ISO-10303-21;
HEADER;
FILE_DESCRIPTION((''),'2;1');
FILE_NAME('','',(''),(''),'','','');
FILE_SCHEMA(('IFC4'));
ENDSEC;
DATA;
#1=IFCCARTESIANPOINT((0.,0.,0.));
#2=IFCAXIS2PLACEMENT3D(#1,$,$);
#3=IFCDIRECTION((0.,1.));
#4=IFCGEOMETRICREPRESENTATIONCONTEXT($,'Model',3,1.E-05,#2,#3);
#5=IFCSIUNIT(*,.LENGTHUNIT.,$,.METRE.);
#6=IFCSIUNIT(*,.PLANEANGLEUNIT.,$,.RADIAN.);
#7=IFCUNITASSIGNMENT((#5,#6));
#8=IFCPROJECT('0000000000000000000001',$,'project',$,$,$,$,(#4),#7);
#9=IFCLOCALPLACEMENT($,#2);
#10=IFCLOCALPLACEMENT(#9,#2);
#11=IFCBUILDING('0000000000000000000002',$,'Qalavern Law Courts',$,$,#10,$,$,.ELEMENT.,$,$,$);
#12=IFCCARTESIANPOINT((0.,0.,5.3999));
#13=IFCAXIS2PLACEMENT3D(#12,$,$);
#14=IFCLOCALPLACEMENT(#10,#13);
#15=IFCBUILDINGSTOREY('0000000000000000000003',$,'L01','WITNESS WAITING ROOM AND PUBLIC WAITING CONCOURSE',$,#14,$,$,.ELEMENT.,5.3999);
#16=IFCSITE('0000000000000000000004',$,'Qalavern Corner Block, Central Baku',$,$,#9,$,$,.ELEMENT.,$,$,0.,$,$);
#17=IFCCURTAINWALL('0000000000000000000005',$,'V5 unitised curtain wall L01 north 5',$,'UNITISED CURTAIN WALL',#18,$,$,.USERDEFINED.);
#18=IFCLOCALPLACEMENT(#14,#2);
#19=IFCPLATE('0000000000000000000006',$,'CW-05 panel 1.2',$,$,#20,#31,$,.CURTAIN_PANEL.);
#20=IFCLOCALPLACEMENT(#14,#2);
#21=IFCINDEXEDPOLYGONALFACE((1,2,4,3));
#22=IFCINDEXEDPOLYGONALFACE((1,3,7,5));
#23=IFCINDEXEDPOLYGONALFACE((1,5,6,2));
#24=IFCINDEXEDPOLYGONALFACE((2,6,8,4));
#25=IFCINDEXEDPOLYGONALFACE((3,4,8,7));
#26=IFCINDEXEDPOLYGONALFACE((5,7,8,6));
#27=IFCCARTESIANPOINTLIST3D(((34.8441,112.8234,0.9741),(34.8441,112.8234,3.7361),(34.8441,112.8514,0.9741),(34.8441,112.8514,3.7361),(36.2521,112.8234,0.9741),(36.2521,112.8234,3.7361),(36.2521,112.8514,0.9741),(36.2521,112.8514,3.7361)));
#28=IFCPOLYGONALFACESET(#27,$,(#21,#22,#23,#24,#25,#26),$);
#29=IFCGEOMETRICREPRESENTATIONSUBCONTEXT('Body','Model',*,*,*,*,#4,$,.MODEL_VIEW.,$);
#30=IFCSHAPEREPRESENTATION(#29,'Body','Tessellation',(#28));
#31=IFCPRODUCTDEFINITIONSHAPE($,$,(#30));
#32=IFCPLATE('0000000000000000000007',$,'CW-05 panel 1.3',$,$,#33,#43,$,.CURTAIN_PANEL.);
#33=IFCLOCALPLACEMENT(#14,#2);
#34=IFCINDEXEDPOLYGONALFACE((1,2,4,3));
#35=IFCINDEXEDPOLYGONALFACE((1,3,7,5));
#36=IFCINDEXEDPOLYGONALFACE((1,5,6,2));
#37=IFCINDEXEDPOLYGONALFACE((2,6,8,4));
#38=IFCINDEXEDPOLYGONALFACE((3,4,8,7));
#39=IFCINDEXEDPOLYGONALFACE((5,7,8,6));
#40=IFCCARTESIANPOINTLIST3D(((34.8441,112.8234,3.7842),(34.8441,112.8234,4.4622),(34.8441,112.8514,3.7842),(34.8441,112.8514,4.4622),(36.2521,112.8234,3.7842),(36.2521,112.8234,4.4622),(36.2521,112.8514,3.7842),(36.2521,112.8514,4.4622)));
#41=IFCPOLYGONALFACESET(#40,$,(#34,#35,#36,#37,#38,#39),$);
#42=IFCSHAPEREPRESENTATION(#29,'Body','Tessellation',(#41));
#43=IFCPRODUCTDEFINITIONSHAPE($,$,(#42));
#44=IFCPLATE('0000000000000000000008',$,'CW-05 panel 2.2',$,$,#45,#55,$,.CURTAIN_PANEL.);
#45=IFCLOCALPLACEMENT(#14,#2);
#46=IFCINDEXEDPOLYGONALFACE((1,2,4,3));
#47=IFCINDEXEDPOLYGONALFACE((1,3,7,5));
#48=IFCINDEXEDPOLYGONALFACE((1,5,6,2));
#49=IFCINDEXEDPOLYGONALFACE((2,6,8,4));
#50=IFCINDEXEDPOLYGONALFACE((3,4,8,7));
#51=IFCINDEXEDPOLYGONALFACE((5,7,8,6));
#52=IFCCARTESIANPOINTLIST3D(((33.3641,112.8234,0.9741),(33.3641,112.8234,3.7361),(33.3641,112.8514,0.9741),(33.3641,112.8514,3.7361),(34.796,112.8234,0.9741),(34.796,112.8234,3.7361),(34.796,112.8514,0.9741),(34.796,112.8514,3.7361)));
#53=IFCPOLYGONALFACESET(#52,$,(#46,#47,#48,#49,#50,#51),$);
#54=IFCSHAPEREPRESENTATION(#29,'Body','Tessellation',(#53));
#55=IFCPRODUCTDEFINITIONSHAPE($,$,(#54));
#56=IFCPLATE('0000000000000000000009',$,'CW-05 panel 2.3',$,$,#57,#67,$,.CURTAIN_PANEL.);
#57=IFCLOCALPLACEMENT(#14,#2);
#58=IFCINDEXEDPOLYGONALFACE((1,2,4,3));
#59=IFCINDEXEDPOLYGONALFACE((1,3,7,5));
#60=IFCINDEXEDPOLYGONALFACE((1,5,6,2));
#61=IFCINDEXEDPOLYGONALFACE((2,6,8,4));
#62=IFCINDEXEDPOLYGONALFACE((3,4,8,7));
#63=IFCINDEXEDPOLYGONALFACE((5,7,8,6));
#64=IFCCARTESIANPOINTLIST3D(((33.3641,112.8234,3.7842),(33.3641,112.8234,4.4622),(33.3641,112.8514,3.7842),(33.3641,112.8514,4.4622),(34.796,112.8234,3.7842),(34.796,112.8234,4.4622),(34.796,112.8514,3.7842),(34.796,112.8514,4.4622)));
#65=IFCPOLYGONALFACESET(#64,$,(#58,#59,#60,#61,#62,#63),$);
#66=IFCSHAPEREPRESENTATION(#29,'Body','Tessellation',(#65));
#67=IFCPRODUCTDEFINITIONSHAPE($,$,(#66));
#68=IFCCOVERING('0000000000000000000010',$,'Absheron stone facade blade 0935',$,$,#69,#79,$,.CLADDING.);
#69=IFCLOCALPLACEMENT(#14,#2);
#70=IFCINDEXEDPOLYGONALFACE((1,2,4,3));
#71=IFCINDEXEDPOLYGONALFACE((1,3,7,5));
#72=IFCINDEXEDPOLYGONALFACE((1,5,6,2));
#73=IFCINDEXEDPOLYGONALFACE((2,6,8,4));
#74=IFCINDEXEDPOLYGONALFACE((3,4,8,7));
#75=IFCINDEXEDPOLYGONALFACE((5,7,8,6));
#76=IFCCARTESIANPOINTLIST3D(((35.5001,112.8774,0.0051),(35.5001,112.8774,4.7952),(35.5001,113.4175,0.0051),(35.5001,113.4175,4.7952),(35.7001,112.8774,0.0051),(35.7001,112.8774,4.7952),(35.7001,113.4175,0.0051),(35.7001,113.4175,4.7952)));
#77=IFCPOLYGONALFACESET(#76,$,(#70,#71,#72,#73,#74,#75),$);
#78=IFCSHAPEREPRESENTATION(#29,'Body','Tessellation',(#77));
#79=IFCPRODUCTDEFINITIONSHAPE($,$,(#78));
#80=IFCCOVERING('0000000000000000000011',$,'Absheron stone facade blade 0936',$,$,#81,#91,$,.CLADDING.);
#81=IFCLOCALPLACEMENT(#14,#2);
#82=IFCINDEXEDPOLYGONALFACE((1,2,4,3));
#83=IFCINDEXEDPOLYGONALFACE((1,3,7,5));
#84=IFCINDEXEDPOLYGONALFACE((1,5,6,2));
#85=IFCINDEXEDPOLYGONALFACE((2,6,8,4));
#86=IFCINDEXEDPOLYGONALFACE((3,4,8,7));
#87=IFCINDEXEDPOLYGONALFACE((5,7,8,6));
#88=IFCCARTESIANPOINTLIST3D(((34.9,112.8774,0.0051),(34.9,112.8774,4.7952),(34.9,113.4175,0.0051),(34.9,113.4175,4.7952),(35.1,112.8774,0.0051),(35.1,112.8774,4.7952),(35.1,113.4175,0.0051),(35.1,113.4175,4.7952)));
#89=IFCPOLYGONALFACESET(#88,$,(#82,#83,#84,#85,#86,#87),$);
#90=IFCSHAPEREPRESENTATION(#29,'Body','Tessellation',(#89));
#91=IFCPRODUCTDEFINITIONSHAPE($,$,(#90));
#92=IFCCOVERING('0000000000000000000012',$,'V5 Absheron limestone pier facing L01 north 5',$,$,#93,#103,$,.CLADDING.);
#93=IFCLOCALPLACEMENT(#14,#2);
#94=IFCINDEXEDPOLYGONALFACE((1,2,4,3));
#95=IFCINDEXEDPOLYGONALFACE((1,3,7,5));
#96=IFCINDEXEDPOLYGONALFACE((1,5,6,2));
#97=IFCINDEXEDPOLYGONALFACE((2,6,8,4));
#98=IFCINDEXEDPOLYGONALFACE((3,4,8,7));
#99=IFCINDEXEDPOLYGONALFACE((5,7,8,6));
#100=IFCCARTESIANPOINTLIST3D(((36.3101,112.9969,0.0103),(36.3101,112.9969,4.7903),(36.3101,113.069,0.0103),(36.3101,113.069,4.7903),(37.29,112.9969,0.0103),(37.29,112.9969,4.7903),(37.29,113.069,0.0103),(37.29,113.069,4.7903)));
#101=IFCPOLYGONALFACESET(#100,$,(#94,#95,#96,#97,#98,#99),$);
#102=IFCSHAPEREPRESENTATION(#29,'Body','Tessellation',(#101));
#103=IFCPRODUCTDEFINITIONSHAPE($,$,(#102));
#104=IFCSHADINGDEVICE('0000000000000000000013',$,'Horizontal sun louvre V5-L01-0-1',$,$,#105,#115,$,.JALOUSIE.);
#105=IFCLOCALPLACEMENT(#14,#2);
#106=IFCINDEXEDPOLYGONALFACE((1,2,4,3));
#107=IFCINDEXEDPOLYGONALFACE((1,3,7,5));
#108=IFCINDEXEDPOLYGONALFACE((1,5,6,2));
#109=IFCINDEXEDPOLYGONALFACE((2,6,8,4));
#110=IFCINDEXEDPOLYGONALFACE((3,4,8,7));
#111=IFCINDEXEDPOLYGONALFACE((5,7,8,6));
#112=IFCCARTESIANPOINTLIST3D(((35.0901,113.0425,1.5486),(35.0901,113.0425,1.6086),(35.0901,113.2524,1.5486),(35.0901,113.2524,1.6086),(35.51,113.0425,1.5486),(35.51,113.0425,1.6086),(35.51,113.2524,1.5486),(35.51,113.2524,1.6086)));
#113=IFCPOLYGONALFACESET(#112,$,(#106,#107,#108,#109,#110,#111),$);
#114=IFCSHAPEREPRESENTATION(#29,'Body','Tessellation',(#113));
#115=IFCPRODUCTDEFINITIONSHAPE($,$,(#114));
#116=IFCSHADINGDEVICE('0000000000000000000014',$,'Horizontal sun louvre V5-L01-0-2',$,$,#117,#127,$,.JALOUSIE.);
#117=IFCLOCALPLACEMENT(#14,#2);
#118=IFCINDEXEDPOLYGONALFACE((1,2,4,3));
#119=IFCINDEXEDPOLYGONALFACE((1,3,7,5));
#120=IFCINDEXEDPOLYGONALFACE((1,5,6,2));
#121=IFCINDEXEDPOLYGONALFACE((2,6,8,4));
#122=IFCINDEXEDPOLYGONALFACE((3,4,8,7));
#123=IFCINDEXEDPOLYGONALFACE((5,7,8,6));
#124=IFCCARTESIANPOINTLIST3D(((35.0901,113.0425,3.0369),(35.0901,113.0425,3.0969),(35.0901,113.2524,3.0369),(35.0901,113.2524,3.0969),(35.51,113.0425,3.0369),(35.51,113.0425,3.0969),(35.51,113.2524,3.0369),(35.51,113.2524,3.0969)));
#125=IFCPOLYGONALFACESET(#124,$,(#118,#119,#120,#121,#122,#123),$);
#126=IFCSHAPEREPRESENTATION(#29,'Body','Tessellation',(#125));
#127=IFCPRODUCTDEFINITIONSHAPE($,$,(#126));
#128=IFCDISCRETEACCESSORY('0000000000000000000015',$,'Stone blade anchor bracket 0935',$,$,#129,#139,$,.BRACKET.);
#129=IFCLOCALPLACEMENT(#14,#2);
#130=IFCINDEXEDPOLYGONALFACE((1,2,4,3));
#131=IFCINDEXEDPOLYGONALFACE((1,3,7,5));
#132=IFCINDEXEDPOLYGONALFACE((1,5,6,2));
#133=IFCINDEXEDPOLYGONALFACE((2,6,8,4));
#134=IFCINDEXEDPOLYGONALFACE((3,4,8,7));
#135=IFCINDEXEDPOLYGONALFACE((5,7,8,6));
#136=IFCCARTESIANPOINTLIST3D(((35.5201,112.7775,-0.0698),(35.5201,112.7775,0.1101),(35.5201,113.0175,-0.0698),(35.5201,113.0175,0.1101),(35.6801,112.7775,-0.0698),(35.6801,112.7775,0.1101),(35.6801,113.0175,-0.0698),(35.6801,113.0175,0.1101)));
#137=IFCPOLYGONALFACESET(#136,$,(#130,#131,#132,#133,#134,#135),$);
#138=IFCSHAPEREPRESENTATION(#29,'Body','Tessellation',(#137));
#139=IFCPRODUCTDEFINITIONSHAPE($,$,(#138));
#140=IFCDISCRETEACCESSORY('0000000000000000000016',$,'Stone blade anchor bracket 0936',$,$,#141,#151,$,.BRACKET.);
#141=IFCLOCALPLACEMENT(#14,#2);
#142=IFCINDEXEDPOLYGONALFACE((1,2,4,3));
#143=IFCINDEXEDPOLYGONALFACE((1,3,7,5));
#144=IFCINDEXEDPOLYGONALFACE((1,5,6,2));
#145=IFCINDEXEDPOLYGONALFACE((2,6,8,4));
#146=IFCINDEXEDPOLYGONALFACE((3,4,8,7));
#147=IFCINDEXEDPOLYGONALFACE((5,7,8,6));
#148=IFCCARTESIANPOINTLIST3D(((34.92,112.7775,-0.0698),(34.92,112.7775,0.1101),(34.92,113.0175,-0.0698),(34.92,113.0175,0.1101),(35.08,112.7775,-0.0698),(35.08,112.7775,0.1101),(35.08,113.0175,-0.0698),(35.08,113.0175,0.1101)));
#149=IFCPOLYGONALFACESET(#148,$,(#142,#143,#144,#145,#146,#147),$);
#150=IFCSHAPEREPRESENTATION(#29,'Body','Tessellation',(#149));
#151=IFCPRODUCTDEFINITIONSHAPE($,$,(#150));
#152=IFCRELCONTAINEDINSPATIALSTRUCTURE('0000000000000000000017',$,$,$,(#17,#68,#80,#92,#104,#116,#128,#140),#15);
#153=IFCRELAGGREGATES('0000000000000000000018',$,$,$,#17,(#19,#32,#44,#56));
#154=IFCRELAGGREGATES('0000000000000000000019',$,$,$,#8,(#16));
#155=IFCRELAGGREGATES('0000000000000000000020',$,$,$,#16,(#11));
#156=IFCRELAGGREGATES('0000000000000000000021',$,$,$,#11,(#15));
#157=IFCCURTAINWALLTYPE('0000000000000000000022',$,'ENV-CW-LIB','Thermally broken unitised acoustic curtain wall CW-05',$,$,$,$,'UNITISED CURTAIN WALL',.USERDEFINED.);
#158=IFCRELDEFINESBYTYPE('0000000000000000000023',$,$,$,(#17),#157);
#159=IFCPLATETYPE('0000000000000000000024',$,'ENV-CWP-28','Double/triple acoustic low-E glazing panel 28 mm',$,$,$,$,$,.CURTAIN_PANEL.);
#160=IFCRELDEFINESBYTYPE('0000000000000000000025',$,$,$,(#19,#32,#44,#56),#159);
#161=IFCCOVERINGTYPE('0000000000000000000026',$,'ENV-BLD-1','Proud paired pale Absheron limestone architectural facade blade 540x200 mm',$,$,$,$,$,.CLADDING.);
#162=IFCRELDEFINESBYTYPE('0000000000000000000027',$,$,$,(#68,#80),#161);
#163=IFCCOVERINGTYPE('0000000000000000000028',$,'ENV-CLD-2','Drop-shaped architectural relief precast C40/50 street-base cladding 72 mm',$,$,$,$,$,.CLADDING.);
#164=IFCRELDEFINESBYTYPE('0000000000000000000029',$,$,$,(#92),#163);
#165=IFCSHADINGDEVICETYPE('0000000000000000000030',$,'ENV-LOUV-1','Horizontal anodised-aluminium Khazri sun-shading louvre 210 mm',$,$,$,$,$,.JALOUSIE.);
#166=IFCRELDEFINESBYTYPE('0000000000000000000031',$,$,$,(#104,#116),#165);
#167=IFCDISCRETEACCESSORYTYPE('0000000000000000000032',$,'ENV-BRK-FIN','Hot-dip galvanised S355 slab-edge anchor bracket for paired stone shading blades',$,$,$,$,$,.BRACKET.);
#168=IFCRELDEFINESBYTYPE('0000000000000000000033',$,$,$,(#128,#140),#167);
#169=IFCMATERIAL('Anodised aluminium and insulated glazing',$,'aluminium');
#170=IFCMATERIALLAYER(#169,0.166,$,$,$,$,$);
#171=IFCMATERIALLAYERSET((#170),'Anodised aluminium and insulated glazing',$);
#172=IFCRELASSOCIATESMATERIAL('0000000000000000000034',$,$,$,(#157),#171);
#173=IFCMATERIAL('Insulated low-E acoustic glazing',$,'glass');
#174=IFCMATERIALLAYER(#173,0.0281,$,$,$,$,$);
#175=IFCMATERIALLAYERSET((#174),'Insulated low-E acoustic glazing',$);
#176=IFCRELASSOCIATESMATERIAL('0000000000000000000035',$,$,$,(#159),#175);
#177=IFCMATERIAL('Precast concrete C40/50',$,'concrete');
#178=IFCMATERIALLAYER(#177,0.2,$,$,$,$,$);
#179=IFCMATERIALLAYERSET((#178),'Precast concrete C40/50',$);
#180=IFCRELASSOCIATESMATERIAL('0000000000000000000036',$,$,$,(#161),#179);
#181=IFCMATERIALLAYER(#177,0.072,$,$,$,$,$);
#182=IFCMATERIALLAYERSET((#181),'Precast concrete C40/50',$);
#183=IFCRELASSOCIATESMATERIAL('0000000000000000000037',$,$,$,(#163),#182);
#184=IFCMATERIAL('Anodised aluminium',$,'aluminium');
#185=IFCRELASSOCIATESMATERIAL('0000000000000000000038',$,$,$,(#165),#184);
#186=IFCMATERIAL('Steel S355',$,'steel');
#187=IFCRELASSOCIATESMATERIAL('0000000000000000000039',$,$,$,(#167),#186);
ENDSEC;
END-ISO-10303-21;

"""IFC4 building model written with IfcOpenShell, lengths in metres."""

from ifc_helpers import new_model, si_unit, direction, frame, origin, origin_2d, place, context, subcontext, project, spatial, rectangle, extrude, material, layer, layer_set, type_object, element, aggregate, save


model = new_model("IFC4")

# Units and contexts
model_context = context("Model", 3, precision=1e-05, world=origin(), true_north=direction((0.0, 1.0)))
body_context = subcontext(model_context, "Body", "Model", "MODEL_VIEW")
ifc_project = project(units=[si_unit("LENGTHUNIT", "METRE"), si_unit("PLANEANGLEUNIT", "RADIAN")], contexts=[model_context])

# Site, building, storey
site_placement = place(None, origin())
site = spatial("IfcSite", under=ifc_project, at=site_placement, Name="Qalavern Corner Block, Central Baku", CompositionType="ELEMENT", RefElevation=0.0)
building_placement = place(site_placement, origin())
building = spatial("IfcBuilding", under=site, at=building_placement, Name="Qalavern Law Courts", CompositionType="ELEMENT")
storey_placement = place(building_placement, frame((0.0, 0.0, 5.3999)))
storey = spatial("IfcBuildingStorey", under=building, at=storey_placement, Name="L01", Description="WITNESS WAITING ROOM AND PUBLIC WAITING CONCOURSE", CompositionType="ELEMENT", Elevation=5.3999)

# Curtain wall, plates
ifc_material_1 = material(Name="Anodised aluminium and insulated glazing", Category="aluminium")
ifc_layer_1 = layer(ifc_material_1, 0.166)
ifc_layer_set_1 = layer_set([ifc_layer_1], Name="Anodised aluminium and insulated glazing")
curtain_wall_type = type_object("IfcCurtainWallType", Name="ENV-CW-LIB", Description="Thermally broken unitised acoustic curtain wall CW-05", ElementType="UNITISED CURTAIN WALL", PredefinedType="USERDEFINED", material=ifc_layer_set_1)
curtain_wall_placement = place(storey_placement, origin())
curtain_wall = element("IfcCurtainWall", 1, at=curtain_wall_placement, inside=storey, type_object=curtain_wall_type, Name="V5 unitised curtain wall L01 north 5", ObjectType="UNITISED CURTAIN WALL", PredefinedType="USERDEFINED")
ifc_material_2 = material(Name="Anodised aluminium", Category="aluminium")
ifc_material_3 = material(Name="Insulated low-E acoustic glazing", Category="glass")
ifc_layer_2 = layer(ifc_material_3, 0.0281)
ifc_layer_set_2 = layer_set([ifc_layer_2], Name="Insulated low-E acoustic glazing")
plate_type = type_object("IfcPlateType", Name="ENV-CWP-28", Description="Double/triple acoustic low-E glazing panel 28 mm", PredefinedType="CURTAIN_PANEL", material=ifc_layer_set_2)
plate_1_placement = place(storey_placement, frame((35.5481, 112.8374, 0.9741), z_axis=(0.0, 0.0, 1.0), x_axis=(-1.0, 0.0, 0.0)))
plate_1 = element("IfcPlate", 2, at=plate_1_placement, type_object=plate_type, Name="CW-05 panel 1.2", PredefinedType="CURTAIN_PANEL", context=body_context, shape_type="SweptSolid", body=[
    extrude(rectangle(XDim=1.408, YDim=0.0281, at=origin_2d()), origin(), (0.0, 0.0, 1.0), 2.762),
])
plate_2_placement = place(storey_placement, frame((35.5481, 112.8374, 3.7842), z_axis=(0.0, 0.0, 1.0), x_axis=(-1.0, 0.0, 0.0)))
plate_2 = element("IfcPlate", 3, at=plate_2_placement, type_object=plate_type, Name="CW-05 panel 1.3", PredefinedType="CURTAIN_PANEL", context=body_context, shape_type="SweptSolid", body=[
    extrude(rectangle(XDim=1.408, YDim=0.0281, at=origin_2d()), origin(), (0.0, 0.0, 1.0), 0.678),
])
plate_3_placement = place(storey_placement, frame((34.0801, 112.8374, 0.9741), z_axis=(0.0, 0.0, 1.0), x_axis=(-1.0, 0.0, 0.0)))
plate_3 = element("IfcPlate", 4, at=plate_3_placement, type_object=plate_type, Name="CW-05 panel 2.2", PredefinedType="CURTAIN_PANEL", context=body_context, shape_type="SweptSolid", body=[
    extrude(rectangle(XDim=1.4319, YDim=0.0281, at=origin_2d()), origin(), (0.0, 0.0, 1.0), 2.762),
])
plate_4_placement = place(storey_placement, frame((34.0801, 112.8374, 3.7842), z_axis=(0.0, 0.0, 1.0), x_axis=(-1.0, 0.0, 0.0)))
plate_4 = element("IfcPlate", 5, at=plate_4_placement, type_object=plate_type, Name="CW-05 panel 2.3", PredefinedType="CURTAIN_PANEL", context=body_context, shape_type="SweptSolid", body=[
    extrude(rectangle(XDim=1.4319, YDim=0.0281, at=origin_2d()), origin(), (0.0, 0.0, 1.0), 0.678),
])
aggregate(curtain_wall, [plate_1, plate_2, plate_3, plate_4])

# Coverings
ifc_material_4 = material(Name="Precast concrete C40/50", Category="concrete")
ifc_layer_3 = layer(ifc_material_4, 0.2)
ifc_layer_set_3 = layer_set([ifc_layer_3], Name="Precast concrete C40/50")
covering_type_1 = type_object("IfcCoveringType", Name="ENV-BLD-1", Description="Proud paired pale Absheron limestone architectural facade blade 540x200 mm", PredefinedType="CLADDING", material=ifc_layer_set_3)
for number, where, z_axis, x_axis, name in (
    (6, (35.6001, 113.1475, 0.0051), (0.0, 0.0, 1.0), (0.0, 1.0, 0.0), "Absheron stone facade blade 0935"),
    (7, (35.0, 113.1475, 0.0051), (0.0, 0.0, 1.0), (0.0, 1.0, 0.0), "Absheron stone facade blade 0936"),
):
    element("IfcCovering", number, at=place(storey_placement, frame(where, z_axis=z_axis, x_axis=x_axis)), inside=storey, type_object=covering_type_1, Name=name, PredefinedType="CLADDING", context=body_context, shape_type="SweptSolid", body=[
        extrude(rectangle(XDim=0.54, YDim=0.2, at=origin_2d()), origin(), (0.0, 0.0, 1.0), 4.79),
    ])
ifc_layer_4 = layer(ifc_material_4, 0.072)
ifc_layer_set_4 = layer_set([ifc_layer_4], Name="Precast concrete C40/50")
covering_type_2 = type_object("IfcCoveringType", Name="ENV-CLD-2", Description="Drop-shaped architectural relief precast C40/50 street-base cladding 72 mm", PredefinedType="CLADDING", material=ifc_layer_set_4)
covering_placement = place(storey_placement, frame((36.8, 113.033, 0.0103), z_axis=(0.0, 0.0, 1.0), x_axis=(-1.0, 0.0, 0.0)))
element("IfcCovering", 8, at=covering_placement, inside=storey, type_object=covering_type_2, Name="V5 Absheron limestone pier facing L01 north 5", PredefinedType="CLADDING", context=body_context, shape_type="SweptSolid", body=[
    extrude(rectangle(XDim=0.98, YDim=0.072, at=origin_2d()), origin(), (0.0, 0.0, 1.0), 4.78),
])

# Shading devices
shading_device_type = type_object("IfcShadingDeviceType", Name="ENV-LOUV-1", Description="Horizontal anodised-aluminium Khazri sun-shading louvre 210 mm", PredefinedType="JALOUSIE", material=ifc_material_2)
for number, where, z_axis, x_axis, name in (
    (9, (35.3, 113.1475, 1.5486), (0.0, 0.0, 1.0), (-1.0, 0.0, 0.0), "Horizontal sun louvre V5-L01-0-1"),
    (10, (35.3, 113.1475, 3.0369), (0.0, 0.0, 1.0), (-1.0, 0.0, 0.0), "Horizontal sun louvre V5-L01-0-2"),
):
    element("IfcShadingDevice", number, at=place(storey_placement, frame(where, z_axis=z_axis, x_axis=x_axis)), inside=storey, type_object=shading_device_type, Name=name, PredefinedType="JALOUSIE", context=body_context, shape_type="SweptSolid", body=[
        extrude(rectangle(XDim=0.4199, YDim=0.21, at=origin_2d()), origin(), (0.0, 0.0, 1.0), 0.0601),
    ])

# Discrete accessories
ifc_material_5 = material(Name="Steel S355", Category="steel")
discrete_accessory_type = type_object("IfcDiscreteAccessoryType", Name="ENV-BRK-FIN", Description="Hot-dip galvanised S355 slab-edge anchor bracket for paired stone shading blades", PredefinedType="BRACKET", material=ifc_material_5)
for number, where, z_axis, x_axis, name in (
    (11, (35.6001, 112.8975, -0.0698), (0.0, 0.0, 1.0), (0.0, 1.0, 0.0), "Stone blade anchor bracket 0935"),
    (12, (35.0, 112.8975, -0.0698), (0.0, 0.0, 1.0), (0.0, 1.0, 0.0), "Stone blade anchor bracket 0936"),
):
    element("IfcDiscreteAccessory", number, at=place(storey_placement, frame(where, z_axis=z_axis, x_axis=x_axis)), inside=storey, type_object=discrete_accessory_type, Name=name, PredefinedType="BRACKET", context=body_context, shape_type="SweptSolid", body=[
        extrude(rectangle(XDim=0.24, YDim=0.1599, at=origin_2d()), origin(), (0.0, 0.0, 1.0), 0.1799),
    ])

save(model, "model.ifc")
